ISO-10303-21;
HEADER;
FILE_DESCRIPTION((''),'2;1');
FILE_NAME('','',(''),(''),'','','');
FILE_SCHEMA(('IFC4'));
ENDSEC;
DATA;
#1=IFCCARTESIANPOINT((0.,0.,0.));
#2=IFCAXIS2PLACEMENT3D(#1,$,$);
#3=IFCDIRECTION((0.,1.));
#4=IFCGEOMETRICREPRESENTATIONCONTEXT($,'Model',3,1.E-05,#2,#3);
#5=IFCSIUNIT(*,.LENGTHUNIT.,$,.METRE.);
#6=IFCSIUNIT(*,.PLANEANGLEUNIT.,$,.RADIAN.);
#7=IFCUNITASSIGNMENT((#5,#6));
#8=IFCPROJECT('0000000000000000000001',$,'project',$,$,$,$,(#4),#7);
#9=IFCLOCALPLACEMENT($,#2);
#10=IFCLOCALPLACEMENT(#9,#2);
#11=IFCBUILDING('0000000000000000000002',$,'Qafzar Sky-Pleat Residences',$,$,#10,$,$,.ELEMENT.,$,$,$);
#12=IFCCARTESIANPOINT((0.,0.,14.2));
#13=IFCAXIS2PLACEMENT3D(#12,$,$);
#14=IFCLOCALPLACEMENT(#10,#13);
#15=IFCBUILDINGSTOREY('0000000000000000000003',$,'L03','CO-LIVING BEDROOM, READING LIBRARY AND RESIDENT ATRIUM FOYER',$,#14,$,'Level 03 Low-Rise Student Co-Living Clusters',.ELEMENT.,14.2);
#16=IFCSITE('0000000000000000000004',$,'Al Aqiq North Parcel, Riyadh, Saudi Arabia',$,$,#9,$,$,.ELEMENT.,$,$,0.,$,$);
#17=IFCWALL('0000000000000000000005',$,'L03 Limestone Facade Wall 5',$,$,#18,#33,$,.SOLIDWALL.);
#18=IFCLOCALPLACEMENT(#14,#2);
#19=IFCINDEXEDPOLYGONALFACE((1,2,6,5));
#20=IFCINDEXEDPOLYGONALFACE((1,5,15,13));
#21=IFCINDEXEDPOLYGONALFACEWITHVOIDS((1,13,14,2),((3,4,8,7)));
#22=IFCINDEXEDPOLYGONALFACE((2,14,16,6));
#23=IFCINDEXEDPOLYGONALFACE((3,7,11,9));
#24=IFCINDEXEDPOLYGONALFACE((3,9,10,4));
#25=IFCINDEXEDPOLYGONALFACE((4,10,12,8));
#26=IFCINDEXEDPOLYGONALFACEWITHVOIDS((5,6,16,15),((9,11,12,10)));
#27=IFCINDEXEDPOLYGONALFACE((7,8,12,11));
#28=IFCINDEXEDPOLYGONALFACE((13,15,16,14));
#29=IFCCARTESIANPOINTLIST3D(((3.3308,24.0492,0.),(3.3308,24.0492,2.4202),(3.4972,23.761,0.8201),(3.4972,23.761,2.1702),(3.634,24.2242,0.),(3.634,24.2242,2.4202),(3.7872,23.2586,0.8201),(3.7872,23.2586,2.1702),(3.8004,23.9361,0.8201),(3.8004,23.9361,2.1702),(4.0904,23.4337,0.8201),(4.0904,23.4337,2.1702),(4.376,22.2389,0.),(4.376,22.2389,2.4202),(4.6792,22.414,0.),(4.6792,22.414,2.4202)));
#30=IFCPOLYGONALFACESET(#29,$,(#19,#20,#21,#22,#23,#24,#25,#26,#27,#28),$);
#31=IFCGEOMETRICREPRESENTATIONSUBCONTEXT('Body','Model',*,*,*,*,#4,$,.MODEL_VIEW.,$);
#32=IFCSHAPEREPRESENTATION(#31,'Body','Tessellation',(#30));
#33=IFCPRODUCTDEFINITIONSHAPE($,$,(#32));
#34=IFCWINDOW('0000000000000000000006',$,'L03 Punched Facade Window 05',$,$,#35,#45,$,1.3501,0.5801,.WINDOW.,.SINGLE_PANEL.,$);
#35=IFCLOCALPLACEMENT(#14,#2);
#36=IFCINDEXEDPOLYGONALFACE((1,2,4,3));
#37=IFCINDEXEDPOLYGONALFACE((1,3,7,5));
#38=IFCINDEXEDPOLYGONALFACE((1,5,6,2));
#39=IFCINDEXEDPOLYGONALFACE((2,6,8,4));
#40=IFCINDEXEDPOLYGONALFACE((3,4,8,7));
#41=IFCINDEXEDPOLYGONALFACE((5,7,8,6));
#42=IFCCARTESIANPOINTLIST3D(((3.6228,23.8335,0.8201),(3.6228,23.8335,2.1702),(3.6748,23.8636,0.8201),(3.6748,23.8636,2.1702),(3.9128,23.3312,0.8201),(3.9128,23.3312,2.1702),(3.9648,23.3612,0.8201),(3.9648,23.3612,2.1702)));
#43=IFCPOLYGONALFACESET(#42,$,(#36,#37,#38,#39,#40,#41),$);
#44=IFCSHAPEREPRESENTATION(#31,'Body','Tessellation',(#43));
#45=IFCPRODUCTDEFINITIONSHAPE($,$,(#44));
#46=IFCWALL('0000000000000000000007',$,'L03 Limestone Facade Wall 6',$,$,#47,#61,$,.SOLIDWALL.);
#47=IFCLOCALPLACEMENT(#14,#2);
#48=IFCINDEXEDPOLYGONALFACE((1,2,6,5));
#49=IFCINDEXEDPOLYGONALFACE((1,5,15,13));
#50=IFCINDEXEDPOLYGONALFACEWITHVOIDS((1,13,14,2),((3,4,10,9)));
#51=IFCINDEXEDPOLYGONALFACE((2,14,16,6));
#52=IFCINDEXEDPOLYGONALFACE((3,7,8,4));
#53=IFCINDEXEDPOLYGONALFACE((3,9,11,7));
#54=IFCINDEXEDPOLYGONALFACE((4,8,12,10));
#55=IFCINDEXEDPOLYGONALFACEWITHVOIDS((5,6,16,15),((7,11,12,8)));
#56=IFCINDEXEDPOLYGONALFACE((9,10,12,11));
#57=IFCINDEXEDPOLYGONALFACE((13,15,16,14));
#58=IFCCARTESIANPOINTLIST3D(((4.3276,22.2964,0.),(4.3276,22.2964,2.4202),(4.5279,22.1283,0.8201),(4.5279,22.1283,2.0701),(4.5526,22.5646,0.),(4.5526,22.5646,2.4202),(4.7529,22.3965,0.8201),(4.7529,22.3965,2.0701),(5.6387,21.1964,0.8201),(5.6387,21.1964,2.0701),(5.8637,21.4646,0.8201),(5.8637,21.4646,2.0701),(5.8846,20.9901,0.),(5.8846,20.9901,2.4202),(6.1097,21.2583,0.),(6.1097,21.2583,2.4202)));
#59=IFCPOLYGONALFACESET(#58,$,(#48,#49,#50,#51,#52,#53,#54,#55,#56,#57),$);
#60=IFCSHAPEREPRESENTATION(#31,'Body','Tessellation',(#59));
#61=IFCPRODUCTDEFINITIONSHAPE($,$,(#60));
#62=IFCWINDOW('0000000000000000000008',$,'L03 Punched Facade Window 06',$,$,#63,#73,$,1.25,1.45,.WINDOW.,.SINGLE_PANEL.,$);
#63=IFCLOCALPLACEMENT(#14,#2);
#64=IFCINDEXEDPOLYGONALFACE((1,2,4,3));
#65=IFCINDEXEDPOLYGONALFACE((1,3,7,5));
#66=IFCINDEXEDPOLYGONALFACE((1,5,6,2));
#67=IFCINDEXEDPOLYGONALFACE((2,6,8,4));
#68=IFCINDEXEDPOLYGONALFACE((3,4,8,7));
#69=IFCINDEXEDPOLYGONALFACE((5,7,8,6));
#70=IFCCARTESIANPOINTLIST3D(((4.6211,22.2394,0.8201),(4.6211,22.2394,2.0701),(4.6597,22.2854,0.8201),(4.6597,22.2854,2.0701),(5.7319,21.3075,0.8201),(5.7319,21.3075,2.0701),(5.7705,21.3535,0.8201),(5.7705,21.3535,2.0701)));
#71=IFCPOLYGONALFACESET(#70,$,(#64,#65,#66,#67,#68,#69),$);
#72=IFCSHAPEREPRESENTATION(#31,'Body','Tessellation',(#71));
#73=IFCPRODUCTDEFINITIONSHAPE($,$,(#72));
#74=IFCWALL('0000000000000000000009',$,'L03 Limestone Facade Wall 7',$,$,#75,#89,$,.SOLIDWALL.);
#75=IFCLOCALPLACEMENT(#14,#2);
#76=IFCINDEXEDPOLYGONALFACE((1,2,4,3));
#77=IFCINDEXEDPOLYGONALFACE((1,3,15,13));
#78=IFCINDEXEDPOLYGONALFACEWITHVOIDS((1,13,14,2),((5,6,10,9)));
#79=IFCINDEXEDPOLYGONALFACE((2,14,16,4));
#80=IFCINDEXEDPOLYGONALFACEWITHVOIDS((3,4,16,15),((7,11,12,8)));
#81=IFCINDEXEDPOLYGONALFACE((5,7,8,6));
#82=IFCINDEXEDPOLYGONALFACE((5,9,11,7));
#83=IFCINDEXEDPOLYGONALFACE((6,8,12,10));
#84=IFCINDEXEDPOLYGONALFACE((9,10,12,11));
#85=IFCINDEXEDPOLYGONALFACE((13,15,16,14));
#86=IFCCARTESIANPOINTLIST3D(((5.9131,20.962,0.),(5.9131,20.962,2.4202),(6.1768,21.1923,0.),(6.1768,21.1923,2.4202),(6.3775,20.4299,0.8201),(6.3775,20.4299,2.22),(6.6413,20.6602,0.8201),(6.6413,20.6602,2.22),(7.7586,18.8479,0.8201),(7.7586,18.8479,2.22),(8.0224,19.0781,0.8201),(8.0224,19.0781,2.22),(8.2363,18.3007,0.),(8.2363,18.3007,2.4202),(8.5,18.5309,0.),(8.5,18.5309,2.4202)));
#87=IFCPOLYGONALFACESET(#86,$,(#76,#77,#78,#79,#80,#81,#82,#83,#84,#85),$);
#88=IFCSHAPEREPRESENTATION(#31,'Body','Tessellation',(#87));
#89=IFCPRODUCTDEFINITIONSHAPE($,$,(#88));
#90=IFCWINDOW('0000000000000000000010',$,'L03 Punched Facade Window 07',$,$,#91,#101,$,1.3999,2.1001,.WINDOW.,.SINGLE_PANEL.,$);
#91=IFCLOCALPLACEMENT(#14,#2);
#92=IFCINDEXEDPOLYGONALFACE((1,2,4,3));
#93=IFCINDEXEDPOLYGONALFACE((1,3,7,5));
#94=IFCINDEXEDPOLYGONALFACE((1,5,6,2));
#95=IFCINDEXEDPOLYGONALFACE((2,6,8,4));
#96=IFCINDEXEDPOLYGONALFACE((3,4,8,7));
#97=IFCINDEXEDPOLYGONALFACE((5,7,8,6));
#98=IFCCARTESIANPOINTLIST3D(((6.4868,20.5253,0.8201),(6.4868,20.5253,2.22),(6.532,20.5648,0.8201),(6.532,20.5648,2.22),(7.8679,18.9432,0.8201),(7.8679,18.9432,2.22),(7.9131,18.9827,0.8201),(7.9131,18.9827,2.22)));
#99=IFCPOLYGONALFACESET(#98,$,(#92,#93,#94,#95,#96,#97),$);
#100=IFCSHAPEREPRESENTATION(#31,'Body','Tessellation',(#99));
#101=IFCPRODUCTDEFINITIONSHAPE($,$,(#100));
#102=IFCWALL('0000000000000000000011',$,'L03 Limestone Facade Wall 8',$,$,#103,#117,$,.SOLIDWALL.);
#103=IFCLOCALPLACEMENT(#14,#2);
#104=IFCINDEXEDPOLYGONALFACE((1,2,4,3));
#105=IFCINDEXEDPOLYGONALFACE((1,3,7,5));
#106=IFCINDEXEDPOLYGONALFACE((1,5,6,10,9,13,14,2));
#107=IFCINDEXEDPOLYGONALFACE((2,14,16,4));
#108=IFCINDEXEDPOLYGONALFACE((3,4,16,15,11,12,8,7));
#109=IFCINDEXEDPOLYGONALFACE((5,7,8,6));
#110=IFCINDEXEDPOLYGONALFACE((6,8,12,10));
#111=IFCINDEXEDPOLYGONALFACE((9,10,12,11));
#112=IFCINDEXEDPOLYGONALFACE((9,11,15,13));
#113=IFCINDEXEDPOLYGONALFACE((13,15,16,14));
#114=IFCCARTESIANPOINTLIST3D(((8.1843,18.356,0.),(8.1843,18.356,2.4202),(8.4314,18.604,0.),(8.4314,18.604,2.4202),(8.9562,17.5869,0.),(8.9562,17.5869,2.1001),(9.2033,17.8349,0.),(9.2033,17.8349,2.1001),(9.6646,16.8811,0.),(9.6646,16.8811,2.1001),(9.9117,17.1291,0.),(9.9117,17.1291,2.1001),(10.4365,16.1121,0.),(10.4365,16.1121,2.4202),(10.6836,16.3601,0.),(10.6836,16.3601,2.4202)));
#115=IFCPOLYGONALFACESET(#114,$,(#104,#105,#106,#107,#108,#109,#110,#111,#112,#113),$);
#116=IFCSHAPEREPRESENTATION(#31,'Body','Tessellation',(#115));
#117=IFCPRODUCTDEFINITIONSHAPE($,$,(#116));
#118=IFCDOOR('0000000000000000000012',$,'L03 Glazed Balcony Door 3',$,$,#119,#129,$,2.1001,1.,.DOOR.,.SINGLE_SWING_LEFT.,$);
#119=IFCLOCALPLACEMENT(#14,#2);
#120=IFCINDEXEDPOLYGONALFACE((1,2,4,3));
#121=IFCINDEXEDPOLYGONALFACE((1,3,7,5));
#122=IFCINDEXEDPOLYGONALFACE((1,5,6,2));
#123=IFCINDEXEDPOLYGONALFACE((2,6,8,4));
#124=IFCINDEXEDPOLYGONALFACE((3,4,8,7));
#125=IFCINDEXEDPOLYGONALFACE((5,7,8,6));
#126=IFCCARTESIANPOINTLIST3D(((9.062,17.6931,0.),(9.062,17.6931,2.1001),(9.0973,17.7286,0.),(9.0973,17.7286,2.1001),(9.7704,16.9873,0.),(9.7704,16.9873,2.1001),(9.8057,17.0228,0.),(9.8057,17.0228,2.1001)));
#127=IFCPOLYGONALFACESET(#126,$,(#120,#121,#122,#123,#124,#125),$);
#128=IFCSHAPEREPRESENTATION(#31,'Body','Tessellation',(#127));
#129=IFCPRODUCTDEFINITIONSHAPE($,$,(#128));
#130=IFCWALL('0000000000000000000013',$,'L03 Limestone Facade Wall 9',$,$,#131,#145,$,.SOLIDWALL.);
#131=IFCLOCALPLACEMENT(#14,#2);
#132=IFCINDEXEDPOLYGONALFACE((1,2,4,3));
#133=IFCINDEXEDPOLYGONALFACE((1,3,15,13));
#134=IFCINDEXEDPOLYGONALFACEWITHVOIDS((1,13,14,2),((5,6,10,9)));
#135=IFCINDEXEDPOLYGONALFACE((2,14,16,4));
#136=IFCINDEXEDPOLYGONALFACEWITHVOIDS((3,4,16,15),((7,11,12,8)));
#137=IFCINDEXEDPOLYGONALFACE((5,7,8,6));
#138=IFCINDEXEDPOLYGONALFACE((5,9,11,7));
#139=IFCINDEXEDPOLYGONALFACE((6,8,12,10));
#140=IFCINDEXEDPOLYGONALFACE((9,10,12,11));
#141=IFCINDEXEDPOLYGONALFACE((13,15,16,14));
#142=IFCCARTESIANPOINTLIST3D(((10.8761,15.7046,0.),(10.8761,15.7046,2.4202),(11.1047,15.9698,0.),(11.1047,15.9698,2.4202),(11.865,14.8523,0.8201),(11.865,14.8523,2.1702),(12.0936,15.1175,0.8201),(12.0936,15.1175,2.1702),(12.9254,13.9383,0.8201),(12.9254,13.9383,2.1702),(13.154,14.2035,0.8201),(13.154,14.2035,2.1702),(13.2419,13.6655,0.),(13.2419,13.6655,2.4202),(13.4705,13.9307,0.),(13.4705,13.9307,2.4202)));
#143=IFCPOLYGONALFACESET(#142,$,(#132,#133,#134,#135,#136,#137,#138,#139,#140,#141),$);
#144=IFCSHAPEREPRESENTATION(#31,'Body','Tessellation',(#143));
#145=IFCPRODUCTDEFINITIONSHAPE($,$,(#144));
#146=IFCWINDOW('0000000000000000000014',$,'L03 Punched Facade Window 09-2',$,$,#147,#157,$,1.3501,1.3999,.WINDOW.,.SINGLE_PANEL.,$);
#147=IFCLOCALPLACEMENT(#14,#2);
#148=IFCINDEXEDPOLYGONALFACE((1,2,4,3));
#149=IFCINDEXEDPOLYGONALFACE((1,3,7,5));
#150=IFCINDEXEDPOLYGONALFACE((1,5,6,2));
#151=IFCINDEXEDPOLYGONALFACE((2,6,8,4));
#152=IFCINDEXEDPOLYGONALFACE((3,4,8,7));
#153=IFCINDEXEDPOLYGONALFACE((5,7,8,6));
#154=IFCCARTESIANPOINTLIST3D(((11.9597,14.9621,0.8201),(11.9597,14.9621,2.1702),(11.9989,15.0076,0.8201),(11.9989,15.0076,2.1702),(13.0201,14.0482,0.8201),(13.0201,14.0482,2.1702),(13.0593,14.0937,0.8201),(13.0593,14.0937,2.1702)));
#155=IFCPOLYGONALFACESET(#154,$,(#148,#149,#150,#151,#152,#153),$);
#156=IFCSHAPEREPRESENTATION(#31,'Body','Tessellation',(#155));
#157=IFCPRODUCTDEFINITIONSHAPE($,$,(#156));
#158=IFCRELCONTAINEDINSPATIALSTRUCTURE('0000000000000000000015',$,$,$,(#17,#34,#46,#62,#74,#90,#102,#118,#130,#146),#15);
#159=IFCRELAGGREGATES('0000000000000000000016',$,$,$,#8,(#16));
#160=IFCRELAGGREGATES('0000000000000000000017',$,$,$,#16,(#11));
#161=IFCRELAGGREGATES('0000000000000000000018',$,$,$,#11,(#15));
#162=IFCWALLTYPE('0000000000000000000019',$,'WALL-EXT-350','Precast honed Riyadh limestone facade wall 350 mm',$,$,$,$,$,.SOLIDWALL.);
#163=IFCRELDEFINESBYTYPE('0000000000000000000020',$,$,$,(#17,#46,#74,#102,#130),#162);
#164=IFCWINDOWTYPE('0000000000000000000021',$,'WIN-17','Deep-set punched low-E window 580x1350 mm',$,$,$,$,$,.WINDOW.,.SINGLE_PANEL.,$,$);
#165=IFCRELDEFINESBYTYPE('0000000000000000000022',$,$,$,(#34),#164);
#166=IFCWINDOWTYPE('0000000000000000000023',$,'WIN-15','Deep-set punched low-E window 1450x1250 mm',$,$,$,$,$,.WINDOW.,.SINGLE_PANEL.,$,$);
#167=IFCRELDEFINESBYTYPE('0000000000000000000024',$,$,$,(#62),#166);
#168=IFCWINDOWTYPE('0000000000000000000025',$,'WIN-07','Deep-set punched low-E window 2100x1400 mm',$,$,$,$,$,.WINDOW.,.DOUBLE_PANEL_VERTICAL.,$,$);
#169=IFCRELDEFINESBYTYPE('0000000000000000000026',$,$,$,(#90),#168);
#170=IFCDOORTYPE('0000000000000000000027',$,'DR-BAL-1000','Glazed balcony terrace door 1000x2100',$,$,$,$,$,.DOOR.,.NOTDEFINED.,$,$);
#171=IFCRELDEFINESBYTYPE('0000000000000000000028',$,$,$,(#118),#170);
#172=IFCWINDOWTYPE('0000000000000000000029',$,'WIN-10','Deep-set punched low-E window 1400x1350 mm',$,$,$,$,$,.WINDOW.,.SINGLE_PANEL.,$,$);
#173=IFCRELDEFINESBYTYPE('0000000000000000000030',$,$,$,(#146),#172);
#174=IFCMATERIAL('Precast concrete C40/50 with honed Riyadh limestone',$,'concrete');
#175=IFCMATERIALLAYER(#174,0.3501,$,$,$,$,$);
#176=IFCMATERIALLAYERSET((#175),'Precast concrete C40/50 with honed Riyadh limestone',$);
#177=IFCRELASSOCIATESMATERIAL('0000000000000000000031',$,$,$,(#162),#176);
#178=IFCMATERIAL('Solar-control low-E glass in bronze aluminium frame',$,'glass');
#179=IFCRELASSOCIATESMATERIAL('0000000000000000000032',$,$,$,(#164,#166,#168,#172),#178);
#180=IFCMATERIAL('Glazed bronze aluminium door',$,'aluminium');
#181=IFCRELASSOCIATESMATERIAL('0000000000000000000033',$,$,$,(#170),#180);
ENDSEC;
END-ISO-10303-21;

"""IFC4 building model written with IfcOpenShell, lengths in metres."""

from ifc_helpers import new_model, si_unit, direction, frame, frame_2d, origin, place, context, subcontext, project, spatial, rectangle, extrude, source, transform, mapped, material, layer, layer_set, type_object, element, fill, save


model = new_model("IFC4")

# Units and contexts
model_context = context("Model", 3, precision=1e-05, world=origin(), true_north=direction((0.0, 1.0)))
body_context = subcontext(model_context, "Body", "Model", "MODEL_VIEW")
ifc_project = project(units=[si_unit("LENGTHUNIT", "METRE"), si_unit("PLANEANGLEUNIT", "RADIAN")], contexts=[model_context])

# Site, building, storey
site_placement = place(None, origin())
site = spatial("IfcSite", under=ifc_project, at=site_placement, Name="Al Aqiq North Parcel, Riyadh, Saudi Arabia", CompositionType="ELEMENT", RefElevation=0.0)
building_placement = place(site_placement, origin())
building = spatial("IfcBuilding", under=site, at=building_placement, Name="Qafzar Sky-Pleat Residences", CompositionType="ELEMENT")
storey_placement = place(building_placement, frame((0.0, 0.0, 14.2)))
storey = spatial("IfcBuildingStorey", under=building, at=storey_placement, Name="L03", Description="CO-LIVING BEDROOM, READING LIBRARY AND RESIDENT ATRIUM FOYER", LongName="Level 03 Low-Rise Student Co-Living Clusters", CompositionType="ELEMENT", Elevation=14.2)

# Walls, openings, windows
ifc_material_1 = material(Name="Precast concrete C40/50 with honed Riyadh limestone", Category="concrete")
ifc_layer_1 = layer(ifc_material_1, 0.3501)
ifc_layer_set_1 = layer_set([ifc_layer_1], Name="Precast concrete C40/50 with honed Riyadh limestone")
wall_type_1 = type_object("IfcWallType", Name="WALL-EXT-350", Description="Precast honed Riyadh limestone facade wall 350 mm", PredefinedType="SOLIDWALL", material=ifc_layer_set_1)
wall_1_placement = place(storey_placement, frame((3.4824, 24.1367, 0.0), z_axis=(0.0, 0.0, 1.0), x_axis=(0.499995, -0.866028, 0.0)))
wall_1 = element("IfcWall", 1, at=wall_1_placement, inside=storey, type_object=wall_type_1, Name="L03 Limestone Facade Wall 5", PredefinedType="SOLIDWALL", context=body_context, shape_type="SweptSolid", body=[
    extrude(rectangle(XDim=2.0903, YDim=0.3501, at=frame_2d((1.0452, 0.0))), origin(), (0.0, 0.0, 1.0), 2.4202),
])
opening_1_placement = place(wall_1_placement, frame((0.3328, 0.0, 0.8201)))
opening_1 = element("IfcOpeningElement", 2, at=opening_1_placement, cuts=wall_1, PredefinedType="OPENING", context=body_context, shape_type="SweptSolid", body=[
    extrude(rectangle(XDim=0.5801, YDim=1.3501, at=frame_2d((0.29, 0.675))), frame((0.0, 0.1851, 0.0), z_axis=(0.0, -1.0, 0.0), x_axis=(1.0, 0.0, 0.0)), (0.0, 0.0, 1.0), 0.3701),
])
ifc_material_2 = material(Name="Solar-control low-E glass in bronze aluminium frame", Category="glass")
window_type_1 = type_object("IfcWindowType", Name="WIN-17", Description="Deep-set punched low-E window 580x1350 mm", PartitioningType="SINGLE_PANEL", PredefinedType="WINDOW", material=ifc_material_2)
shared_shape_1 = source(origin(), body_context, "Body", "SweptSolid", [
    extrude(rectangle(XDim=0.5801, YDim=1.3501, at=frame_2d((0.29, 0.675))), frame((0.0, 0.03, 0.0), z_axis=(0.0, -1.0, 0.0), x_axis=(1.0, 0.0, 0.0)), (0.0, 0.0, 1.0), 0.0601),
])
window_1_placement = place(opening_1_placement, origin())
window_1 = element("IfcWindow", 3, at=window_1_placement, inside=storey, type_object=window_type_1, Name="L03 Punched Facade Window 05", OverallHeight=1.3501, OverallWidth=0.5801, PartitioningType="SINGLE_PANEL", PredefinedType="WINDOW", context=body_context, shape_type="MappedRepresentation", body=[
    mapped(shared_shape_1, transform((0.0, 0.0, 0.0), x_axis=(1.0, 0.0, 0.0), y_axis=(0.0, 1.0, 0.0), z_axis=(0.0, 0.0, 1.0), scale=1.0)),
])
fill(opening_1, window_1)
wall_2_placement = place(storey_placement, frame((4.4402, 22.4304, 0.0), z_axis=(0.0, 0.0, 1.0), x_axis=(0.76609, -0.642733, 0.0)))
wall_2 = element("IfcWall", 4, at=wall_2_placement, inside=storey, type_object=wall_type_1, Name="L03 Limestone Facade Wall 6", PredefinedType="SOLIDWALL", context=body_context, shape_type="SweptSolid", body=[
    extrude(rectangle(XDim=2.0325, YDim=0.3501, at=frame_2d((1.0161, 0.0))), origin(), (0.0, 0.0, 1.0), 2.4202),
])
opening_2_placement = place(wall_2_placement, frame((0.2612, 0.0, 0.8201)))
opening_2 = element("IfcOpeningElement", 5, at=opening_2_placement, cuts=wall_2, PredefinedType="OPENING", context=body_context, shape_type="SweptSolid", body=[
    extrude(rectangle(XDim=1.45, YDim=1.25, at=frame_2d((0.7251, 0.625))), frame((0.0, 0.1851, 0.0), z_axis=(0.0, -1.0, 0.0), x_axis=(1.0, 0.0, 0.0)), (0.0, 0.0, 1.0), 0.3701),
])
window_type_2 = type_object("IfcWindowType", Name="WIN-15", Description="Deep-set punched low-E window 1450x1250 mm", PartitioningType="SINGLE_PANEL", PredefinedType="WINDOW", material=ifc_material_2)
shared_shape_2 = source(origin(), body_context, "Body", "SweptSolid", [
    extrude(rectangle(XDim=1.45, YDim=1.25, at=frame_2d((0.7251, 0.625))), frame((0.0, 0.03, 0.0), z_axis=(0.0, -1.0, 0.0), x_axis=(1.0, 0.0, 0.0)), (0.0, 0.0, 1.0), 0.0601),
])
window_2_placement = place(opening_2_placement, origin())
window_2 = element("IfcWindow", 6, at=window_2_placement, inside=storey, type_object=window_type_2, Name="L03 Punched Facade Window 06", OverallHeight=1.25, OverallWidth=1.45, PartitioningType="SINGLE_PANEL", PredefinedType="WINDOW", context=body_context, shape_type="MappedRepresentation", body=[
    mapped(shared_shape_2, transform((0.0, 0.0, 0.0), x_axis=(1.0, 0.0, 0.0), y_axis=(0.0, 1.0, 0.0), z_axis=(0.0, 0.0, 1.0), scale=1.0)),
])
fill(opening_2, window_2)
wall_3_placement = place(storey_placement, frame((6.0449, 21.0771, 0.0), z_axis=(0.0, 0.0, 1.0), x_axis=(0.657628, -0.753342, 0.0)))
wall_3 = element("IfcWall", 7, at=wall_3_placement, inside=storey, type_object=wall_type_1, Name="L03 Limestone Facade Wall 7", PredefinedType="SOLIDWALL", context=body_context, shape_type="SweptSolid", body=[
    extrude(rectangle(XDim=3.5327, YDim=0.3501, at=frame_2d((1.7664, 0.0))), origin(), (0.0, 0.0, 1.0), 2.4202),
])
opening_3_placement = place(wall_3_placement, frame((0.7063, 0.0, 0.8201)))
opening_3 = element("IfcOpeningElement", 8, at=opening_3_placement, cuts=wall_3, PredefinedType="OPENING", context=body_context, shape_type="SweptSolid", body=[
    extrude(rectangle(XDim=2.1001, YDim=1.3999, at=frame_2d((1.05, 0.7))), frame((0.0, 0.1851, 0.0), z_axis=(0.0, -1.0, 0.0), x_axis=(1.0, 0.0, 0.0)), (0.0, 0.0, 1.0), 0.3701),
])
window_type_3 = type_object("IfcWindowType", Name="WIN-07", Description="Deep-set punched low-E window 2100x1400 mm", PartitioningType="DOUBLE_PANEL_VERTICAL", PredefinedType="WINDOW", material=ifc_material_2)
shared_shape_3 = source(origin(), body_context, "Body", "SweptSolid", [
    extrude(rectangle(XDim=2.1001, YDim=1.3999, at=frame_2d((1.05, 0.7))), frame((0.0, 0.03, 0.0), z_axis=(0.0, -1.0, 0.0), x_axis=(1.0, 0.0, 0.0)), (0.0, 0.0, 1.0), 0.0601),
])
window_3_placement = place(opening_3_placement, origin())
window_3 = element("IfcWindow", 9, at=window_3_placement, inside=storey, type_object=window_type_3, Name="L03 Punched Facade Window 07", OverallHeight=1.3999, OverallWidth=2.1001, PartitioningType="SINGLE_PANEL", PredefinedType="WINDOW", context=body_context, shape_type="MappedRepresentation", body=[
    mapped(shared_shape_3, transform((0.0, 0.0, 0.0), x_axis=(1.0, 0.0, 0.0), y_axis=(0.0, 1.0, 0.0), z_axis=(0.0, 0.0, 1.0), scale=1.0)),
])
fill(opening_3, window_3)

# Wall, opening, door
wall_4_placement = place(storey_placement, frame((8.3079, 18.48, 0.0), z_axis=(0.0, 0.0, 1.0), x_axis=(0.708411, -0.7058, 0.0)))
wall_4 = element("IfcWall", 10, at=wall_4_placement, inside=storey, type_object=wall_type_1, Name="L03 Limestone Facade Wall 8", PredefinedType="SOLIDWALL", context=body_context, shape_type="SweptSolid", body=[
    extrude(rectangle(XDim=3.1792, YDim=0.3501, at=frame_2d((1.5896, 0.0))), origin(), (0.0, 0.0, 1.0), 2.4202),
])
opening_4_placement = place(wall_4_placement, frame((1.0896, 0.0, 0.0)))
opening_4 = element("IfcOpeningElement", 11, at=opening_4_placement, cuts=wall_4, PredefinedType="OPENING", context=body_context, shape_type="SweptSolid", body=[
    extrude(rectangle(XDim=1.0, YDim=2.1001, at=frame_2d((0.5, 1.05))), frame((0.0, 0.1851, 0.0), z_axis=(0.0, -1.0, 0.0), x_axis=(1.0, 0.0, 0.0)), (0.0, 0.0, 1.0), 0.3701),
])
ifc_material_3 = material(Name="Glazed bronze aluminium door", Category="aluminium")
door_type = type_object("IfcDoorType", Name="DR-BAL-1000", Description="Glazed balcony terrace door 1000x2100", OperationType="NOTDEFINED", PredefinedType="DOOR", material=ifc_material_3)
shared_shape_4 = source(origin(), body_context, "Body", "SweptSolid", [
    extrude(rectangle(XDim=1.0, YDim=2.1001, at=frame_2d((0.5, 1.05))), frame((0.0, 0.0249, 0.0), z_axis=(0.0, -1.0, 0.0), x_axis=(1.0, 0.0, 0.0)), (0.0, 0.0, 1.0), 0.05),
])
door_placement = place(opening_4_placement, origin())
door = element("IfcDoor", 12, at=door_placement, inside=storey, type_object=door_type, Name="L03 Glazed Balcony Door 3", OperationType="SINGLE_SWING_LEFT", OverallHeight=2.1001, OverallWidth=1.0, PredefinedType="DOOR", context=body_context, shape_type="MappedRepresentation", body=[
    mapped(shared_shape_4, transform((0.0, 0.0, 0.0), x_axis=(1.0, 0.0, 0.0), y_axis=(0.0, 1.0, 0.0), z_axis=(0.0, 0.0, 1.0), scale=1.0)),
])
fill(opening_4, door)

# Wall, opening, window
wall_5_placement = place(storey_placement, frame((10.9905, 15.8372, 0.0), z_axis=(0.0, 0.0, 1.0), x_axis=(0.757466, -0.652875, 0.0)))
wall_5 = element("IfcWall", 13, at=wall_5_placement, inside=storey, type_object=wall_type_1, Name="L03 Limestone Facade Wall 9", PredefinedType="SOLIDWALL", context=body_context, shape_type="SweptSolid", body=[
    extrude(rectangle(XDim=3.1233, YDim=0.3501, at=frame_2d((1.5615, 0.0))), origin(), (0.0, 0.0, 1.0), 2.4202),
])
opening_5_placement = place(wall_5_placement, frame((1.3054, 0.0, 0.8201)))
opening_5 = element("IfcOpeningElement", 14, at=opening_5_placement, cuts=wall_5, PredefinedType="OPENING", context=body_context, shape_type="SweptSolid", body=[
    extrude(rectangle(XDim=1.3999, YDim=1.3501, at=frame_2d((0.7, 0.675))), frame((0.0, 0.1851, 0.0), z_axis=(0.0, -1.0, 0.0), x_axis=(1.0, 0.0, 0.0)), (0.0, 0.0, 1.0), 0.3701),
])
window_type_4 = type_object("IfcWindowType", Name="WIN-10", Description="Deep-set punched low-E window 1400x1350 mm", PartitioningType="SINGLE_PANEL", PredefinedType="WINDOW", material=ifc_material_2)
shared_shape_5 = source(origin(), body_context, "Body", "SweptSolid", [
    extrude(rectangle(XDim=1.3999, YDim=1.3501, at=frame_2d((0.7, 0.675))), frame((0.0, 0.03, 0.0), z_axis=(0.0, -1.0, 0.0), x_axis=(1.0, 0.0, 0.0)), (0.0, 0.0, 1.0), 0.0601),
])
window_4_placement = place(opening_5_placement, origin())
window_4 = element("IfcWindow", 15, at=window_4_placement, inside=storey, type_object=window_type_4, Name="L03 Punched Facade Window 09-2", OverallHeight=1.3501, OverallWidth=1.3999, PartitioningType="SINGLE_PANEL", PredefinedType="WINDOW", context=body_context, shape_type="MappedRepresentation", body=[
    mapped(shared_shape_5, transform((0.0, 0.0, 0.0), x_axis=(1.0, 0.0, 0.0), y_axis=(0.0, 1.0, 0.0), z_axis=(0.0, 0.0, 1.0), scale=1.0)),
])
fill(opening_5, window_4)

save(model, "model.ifc")
